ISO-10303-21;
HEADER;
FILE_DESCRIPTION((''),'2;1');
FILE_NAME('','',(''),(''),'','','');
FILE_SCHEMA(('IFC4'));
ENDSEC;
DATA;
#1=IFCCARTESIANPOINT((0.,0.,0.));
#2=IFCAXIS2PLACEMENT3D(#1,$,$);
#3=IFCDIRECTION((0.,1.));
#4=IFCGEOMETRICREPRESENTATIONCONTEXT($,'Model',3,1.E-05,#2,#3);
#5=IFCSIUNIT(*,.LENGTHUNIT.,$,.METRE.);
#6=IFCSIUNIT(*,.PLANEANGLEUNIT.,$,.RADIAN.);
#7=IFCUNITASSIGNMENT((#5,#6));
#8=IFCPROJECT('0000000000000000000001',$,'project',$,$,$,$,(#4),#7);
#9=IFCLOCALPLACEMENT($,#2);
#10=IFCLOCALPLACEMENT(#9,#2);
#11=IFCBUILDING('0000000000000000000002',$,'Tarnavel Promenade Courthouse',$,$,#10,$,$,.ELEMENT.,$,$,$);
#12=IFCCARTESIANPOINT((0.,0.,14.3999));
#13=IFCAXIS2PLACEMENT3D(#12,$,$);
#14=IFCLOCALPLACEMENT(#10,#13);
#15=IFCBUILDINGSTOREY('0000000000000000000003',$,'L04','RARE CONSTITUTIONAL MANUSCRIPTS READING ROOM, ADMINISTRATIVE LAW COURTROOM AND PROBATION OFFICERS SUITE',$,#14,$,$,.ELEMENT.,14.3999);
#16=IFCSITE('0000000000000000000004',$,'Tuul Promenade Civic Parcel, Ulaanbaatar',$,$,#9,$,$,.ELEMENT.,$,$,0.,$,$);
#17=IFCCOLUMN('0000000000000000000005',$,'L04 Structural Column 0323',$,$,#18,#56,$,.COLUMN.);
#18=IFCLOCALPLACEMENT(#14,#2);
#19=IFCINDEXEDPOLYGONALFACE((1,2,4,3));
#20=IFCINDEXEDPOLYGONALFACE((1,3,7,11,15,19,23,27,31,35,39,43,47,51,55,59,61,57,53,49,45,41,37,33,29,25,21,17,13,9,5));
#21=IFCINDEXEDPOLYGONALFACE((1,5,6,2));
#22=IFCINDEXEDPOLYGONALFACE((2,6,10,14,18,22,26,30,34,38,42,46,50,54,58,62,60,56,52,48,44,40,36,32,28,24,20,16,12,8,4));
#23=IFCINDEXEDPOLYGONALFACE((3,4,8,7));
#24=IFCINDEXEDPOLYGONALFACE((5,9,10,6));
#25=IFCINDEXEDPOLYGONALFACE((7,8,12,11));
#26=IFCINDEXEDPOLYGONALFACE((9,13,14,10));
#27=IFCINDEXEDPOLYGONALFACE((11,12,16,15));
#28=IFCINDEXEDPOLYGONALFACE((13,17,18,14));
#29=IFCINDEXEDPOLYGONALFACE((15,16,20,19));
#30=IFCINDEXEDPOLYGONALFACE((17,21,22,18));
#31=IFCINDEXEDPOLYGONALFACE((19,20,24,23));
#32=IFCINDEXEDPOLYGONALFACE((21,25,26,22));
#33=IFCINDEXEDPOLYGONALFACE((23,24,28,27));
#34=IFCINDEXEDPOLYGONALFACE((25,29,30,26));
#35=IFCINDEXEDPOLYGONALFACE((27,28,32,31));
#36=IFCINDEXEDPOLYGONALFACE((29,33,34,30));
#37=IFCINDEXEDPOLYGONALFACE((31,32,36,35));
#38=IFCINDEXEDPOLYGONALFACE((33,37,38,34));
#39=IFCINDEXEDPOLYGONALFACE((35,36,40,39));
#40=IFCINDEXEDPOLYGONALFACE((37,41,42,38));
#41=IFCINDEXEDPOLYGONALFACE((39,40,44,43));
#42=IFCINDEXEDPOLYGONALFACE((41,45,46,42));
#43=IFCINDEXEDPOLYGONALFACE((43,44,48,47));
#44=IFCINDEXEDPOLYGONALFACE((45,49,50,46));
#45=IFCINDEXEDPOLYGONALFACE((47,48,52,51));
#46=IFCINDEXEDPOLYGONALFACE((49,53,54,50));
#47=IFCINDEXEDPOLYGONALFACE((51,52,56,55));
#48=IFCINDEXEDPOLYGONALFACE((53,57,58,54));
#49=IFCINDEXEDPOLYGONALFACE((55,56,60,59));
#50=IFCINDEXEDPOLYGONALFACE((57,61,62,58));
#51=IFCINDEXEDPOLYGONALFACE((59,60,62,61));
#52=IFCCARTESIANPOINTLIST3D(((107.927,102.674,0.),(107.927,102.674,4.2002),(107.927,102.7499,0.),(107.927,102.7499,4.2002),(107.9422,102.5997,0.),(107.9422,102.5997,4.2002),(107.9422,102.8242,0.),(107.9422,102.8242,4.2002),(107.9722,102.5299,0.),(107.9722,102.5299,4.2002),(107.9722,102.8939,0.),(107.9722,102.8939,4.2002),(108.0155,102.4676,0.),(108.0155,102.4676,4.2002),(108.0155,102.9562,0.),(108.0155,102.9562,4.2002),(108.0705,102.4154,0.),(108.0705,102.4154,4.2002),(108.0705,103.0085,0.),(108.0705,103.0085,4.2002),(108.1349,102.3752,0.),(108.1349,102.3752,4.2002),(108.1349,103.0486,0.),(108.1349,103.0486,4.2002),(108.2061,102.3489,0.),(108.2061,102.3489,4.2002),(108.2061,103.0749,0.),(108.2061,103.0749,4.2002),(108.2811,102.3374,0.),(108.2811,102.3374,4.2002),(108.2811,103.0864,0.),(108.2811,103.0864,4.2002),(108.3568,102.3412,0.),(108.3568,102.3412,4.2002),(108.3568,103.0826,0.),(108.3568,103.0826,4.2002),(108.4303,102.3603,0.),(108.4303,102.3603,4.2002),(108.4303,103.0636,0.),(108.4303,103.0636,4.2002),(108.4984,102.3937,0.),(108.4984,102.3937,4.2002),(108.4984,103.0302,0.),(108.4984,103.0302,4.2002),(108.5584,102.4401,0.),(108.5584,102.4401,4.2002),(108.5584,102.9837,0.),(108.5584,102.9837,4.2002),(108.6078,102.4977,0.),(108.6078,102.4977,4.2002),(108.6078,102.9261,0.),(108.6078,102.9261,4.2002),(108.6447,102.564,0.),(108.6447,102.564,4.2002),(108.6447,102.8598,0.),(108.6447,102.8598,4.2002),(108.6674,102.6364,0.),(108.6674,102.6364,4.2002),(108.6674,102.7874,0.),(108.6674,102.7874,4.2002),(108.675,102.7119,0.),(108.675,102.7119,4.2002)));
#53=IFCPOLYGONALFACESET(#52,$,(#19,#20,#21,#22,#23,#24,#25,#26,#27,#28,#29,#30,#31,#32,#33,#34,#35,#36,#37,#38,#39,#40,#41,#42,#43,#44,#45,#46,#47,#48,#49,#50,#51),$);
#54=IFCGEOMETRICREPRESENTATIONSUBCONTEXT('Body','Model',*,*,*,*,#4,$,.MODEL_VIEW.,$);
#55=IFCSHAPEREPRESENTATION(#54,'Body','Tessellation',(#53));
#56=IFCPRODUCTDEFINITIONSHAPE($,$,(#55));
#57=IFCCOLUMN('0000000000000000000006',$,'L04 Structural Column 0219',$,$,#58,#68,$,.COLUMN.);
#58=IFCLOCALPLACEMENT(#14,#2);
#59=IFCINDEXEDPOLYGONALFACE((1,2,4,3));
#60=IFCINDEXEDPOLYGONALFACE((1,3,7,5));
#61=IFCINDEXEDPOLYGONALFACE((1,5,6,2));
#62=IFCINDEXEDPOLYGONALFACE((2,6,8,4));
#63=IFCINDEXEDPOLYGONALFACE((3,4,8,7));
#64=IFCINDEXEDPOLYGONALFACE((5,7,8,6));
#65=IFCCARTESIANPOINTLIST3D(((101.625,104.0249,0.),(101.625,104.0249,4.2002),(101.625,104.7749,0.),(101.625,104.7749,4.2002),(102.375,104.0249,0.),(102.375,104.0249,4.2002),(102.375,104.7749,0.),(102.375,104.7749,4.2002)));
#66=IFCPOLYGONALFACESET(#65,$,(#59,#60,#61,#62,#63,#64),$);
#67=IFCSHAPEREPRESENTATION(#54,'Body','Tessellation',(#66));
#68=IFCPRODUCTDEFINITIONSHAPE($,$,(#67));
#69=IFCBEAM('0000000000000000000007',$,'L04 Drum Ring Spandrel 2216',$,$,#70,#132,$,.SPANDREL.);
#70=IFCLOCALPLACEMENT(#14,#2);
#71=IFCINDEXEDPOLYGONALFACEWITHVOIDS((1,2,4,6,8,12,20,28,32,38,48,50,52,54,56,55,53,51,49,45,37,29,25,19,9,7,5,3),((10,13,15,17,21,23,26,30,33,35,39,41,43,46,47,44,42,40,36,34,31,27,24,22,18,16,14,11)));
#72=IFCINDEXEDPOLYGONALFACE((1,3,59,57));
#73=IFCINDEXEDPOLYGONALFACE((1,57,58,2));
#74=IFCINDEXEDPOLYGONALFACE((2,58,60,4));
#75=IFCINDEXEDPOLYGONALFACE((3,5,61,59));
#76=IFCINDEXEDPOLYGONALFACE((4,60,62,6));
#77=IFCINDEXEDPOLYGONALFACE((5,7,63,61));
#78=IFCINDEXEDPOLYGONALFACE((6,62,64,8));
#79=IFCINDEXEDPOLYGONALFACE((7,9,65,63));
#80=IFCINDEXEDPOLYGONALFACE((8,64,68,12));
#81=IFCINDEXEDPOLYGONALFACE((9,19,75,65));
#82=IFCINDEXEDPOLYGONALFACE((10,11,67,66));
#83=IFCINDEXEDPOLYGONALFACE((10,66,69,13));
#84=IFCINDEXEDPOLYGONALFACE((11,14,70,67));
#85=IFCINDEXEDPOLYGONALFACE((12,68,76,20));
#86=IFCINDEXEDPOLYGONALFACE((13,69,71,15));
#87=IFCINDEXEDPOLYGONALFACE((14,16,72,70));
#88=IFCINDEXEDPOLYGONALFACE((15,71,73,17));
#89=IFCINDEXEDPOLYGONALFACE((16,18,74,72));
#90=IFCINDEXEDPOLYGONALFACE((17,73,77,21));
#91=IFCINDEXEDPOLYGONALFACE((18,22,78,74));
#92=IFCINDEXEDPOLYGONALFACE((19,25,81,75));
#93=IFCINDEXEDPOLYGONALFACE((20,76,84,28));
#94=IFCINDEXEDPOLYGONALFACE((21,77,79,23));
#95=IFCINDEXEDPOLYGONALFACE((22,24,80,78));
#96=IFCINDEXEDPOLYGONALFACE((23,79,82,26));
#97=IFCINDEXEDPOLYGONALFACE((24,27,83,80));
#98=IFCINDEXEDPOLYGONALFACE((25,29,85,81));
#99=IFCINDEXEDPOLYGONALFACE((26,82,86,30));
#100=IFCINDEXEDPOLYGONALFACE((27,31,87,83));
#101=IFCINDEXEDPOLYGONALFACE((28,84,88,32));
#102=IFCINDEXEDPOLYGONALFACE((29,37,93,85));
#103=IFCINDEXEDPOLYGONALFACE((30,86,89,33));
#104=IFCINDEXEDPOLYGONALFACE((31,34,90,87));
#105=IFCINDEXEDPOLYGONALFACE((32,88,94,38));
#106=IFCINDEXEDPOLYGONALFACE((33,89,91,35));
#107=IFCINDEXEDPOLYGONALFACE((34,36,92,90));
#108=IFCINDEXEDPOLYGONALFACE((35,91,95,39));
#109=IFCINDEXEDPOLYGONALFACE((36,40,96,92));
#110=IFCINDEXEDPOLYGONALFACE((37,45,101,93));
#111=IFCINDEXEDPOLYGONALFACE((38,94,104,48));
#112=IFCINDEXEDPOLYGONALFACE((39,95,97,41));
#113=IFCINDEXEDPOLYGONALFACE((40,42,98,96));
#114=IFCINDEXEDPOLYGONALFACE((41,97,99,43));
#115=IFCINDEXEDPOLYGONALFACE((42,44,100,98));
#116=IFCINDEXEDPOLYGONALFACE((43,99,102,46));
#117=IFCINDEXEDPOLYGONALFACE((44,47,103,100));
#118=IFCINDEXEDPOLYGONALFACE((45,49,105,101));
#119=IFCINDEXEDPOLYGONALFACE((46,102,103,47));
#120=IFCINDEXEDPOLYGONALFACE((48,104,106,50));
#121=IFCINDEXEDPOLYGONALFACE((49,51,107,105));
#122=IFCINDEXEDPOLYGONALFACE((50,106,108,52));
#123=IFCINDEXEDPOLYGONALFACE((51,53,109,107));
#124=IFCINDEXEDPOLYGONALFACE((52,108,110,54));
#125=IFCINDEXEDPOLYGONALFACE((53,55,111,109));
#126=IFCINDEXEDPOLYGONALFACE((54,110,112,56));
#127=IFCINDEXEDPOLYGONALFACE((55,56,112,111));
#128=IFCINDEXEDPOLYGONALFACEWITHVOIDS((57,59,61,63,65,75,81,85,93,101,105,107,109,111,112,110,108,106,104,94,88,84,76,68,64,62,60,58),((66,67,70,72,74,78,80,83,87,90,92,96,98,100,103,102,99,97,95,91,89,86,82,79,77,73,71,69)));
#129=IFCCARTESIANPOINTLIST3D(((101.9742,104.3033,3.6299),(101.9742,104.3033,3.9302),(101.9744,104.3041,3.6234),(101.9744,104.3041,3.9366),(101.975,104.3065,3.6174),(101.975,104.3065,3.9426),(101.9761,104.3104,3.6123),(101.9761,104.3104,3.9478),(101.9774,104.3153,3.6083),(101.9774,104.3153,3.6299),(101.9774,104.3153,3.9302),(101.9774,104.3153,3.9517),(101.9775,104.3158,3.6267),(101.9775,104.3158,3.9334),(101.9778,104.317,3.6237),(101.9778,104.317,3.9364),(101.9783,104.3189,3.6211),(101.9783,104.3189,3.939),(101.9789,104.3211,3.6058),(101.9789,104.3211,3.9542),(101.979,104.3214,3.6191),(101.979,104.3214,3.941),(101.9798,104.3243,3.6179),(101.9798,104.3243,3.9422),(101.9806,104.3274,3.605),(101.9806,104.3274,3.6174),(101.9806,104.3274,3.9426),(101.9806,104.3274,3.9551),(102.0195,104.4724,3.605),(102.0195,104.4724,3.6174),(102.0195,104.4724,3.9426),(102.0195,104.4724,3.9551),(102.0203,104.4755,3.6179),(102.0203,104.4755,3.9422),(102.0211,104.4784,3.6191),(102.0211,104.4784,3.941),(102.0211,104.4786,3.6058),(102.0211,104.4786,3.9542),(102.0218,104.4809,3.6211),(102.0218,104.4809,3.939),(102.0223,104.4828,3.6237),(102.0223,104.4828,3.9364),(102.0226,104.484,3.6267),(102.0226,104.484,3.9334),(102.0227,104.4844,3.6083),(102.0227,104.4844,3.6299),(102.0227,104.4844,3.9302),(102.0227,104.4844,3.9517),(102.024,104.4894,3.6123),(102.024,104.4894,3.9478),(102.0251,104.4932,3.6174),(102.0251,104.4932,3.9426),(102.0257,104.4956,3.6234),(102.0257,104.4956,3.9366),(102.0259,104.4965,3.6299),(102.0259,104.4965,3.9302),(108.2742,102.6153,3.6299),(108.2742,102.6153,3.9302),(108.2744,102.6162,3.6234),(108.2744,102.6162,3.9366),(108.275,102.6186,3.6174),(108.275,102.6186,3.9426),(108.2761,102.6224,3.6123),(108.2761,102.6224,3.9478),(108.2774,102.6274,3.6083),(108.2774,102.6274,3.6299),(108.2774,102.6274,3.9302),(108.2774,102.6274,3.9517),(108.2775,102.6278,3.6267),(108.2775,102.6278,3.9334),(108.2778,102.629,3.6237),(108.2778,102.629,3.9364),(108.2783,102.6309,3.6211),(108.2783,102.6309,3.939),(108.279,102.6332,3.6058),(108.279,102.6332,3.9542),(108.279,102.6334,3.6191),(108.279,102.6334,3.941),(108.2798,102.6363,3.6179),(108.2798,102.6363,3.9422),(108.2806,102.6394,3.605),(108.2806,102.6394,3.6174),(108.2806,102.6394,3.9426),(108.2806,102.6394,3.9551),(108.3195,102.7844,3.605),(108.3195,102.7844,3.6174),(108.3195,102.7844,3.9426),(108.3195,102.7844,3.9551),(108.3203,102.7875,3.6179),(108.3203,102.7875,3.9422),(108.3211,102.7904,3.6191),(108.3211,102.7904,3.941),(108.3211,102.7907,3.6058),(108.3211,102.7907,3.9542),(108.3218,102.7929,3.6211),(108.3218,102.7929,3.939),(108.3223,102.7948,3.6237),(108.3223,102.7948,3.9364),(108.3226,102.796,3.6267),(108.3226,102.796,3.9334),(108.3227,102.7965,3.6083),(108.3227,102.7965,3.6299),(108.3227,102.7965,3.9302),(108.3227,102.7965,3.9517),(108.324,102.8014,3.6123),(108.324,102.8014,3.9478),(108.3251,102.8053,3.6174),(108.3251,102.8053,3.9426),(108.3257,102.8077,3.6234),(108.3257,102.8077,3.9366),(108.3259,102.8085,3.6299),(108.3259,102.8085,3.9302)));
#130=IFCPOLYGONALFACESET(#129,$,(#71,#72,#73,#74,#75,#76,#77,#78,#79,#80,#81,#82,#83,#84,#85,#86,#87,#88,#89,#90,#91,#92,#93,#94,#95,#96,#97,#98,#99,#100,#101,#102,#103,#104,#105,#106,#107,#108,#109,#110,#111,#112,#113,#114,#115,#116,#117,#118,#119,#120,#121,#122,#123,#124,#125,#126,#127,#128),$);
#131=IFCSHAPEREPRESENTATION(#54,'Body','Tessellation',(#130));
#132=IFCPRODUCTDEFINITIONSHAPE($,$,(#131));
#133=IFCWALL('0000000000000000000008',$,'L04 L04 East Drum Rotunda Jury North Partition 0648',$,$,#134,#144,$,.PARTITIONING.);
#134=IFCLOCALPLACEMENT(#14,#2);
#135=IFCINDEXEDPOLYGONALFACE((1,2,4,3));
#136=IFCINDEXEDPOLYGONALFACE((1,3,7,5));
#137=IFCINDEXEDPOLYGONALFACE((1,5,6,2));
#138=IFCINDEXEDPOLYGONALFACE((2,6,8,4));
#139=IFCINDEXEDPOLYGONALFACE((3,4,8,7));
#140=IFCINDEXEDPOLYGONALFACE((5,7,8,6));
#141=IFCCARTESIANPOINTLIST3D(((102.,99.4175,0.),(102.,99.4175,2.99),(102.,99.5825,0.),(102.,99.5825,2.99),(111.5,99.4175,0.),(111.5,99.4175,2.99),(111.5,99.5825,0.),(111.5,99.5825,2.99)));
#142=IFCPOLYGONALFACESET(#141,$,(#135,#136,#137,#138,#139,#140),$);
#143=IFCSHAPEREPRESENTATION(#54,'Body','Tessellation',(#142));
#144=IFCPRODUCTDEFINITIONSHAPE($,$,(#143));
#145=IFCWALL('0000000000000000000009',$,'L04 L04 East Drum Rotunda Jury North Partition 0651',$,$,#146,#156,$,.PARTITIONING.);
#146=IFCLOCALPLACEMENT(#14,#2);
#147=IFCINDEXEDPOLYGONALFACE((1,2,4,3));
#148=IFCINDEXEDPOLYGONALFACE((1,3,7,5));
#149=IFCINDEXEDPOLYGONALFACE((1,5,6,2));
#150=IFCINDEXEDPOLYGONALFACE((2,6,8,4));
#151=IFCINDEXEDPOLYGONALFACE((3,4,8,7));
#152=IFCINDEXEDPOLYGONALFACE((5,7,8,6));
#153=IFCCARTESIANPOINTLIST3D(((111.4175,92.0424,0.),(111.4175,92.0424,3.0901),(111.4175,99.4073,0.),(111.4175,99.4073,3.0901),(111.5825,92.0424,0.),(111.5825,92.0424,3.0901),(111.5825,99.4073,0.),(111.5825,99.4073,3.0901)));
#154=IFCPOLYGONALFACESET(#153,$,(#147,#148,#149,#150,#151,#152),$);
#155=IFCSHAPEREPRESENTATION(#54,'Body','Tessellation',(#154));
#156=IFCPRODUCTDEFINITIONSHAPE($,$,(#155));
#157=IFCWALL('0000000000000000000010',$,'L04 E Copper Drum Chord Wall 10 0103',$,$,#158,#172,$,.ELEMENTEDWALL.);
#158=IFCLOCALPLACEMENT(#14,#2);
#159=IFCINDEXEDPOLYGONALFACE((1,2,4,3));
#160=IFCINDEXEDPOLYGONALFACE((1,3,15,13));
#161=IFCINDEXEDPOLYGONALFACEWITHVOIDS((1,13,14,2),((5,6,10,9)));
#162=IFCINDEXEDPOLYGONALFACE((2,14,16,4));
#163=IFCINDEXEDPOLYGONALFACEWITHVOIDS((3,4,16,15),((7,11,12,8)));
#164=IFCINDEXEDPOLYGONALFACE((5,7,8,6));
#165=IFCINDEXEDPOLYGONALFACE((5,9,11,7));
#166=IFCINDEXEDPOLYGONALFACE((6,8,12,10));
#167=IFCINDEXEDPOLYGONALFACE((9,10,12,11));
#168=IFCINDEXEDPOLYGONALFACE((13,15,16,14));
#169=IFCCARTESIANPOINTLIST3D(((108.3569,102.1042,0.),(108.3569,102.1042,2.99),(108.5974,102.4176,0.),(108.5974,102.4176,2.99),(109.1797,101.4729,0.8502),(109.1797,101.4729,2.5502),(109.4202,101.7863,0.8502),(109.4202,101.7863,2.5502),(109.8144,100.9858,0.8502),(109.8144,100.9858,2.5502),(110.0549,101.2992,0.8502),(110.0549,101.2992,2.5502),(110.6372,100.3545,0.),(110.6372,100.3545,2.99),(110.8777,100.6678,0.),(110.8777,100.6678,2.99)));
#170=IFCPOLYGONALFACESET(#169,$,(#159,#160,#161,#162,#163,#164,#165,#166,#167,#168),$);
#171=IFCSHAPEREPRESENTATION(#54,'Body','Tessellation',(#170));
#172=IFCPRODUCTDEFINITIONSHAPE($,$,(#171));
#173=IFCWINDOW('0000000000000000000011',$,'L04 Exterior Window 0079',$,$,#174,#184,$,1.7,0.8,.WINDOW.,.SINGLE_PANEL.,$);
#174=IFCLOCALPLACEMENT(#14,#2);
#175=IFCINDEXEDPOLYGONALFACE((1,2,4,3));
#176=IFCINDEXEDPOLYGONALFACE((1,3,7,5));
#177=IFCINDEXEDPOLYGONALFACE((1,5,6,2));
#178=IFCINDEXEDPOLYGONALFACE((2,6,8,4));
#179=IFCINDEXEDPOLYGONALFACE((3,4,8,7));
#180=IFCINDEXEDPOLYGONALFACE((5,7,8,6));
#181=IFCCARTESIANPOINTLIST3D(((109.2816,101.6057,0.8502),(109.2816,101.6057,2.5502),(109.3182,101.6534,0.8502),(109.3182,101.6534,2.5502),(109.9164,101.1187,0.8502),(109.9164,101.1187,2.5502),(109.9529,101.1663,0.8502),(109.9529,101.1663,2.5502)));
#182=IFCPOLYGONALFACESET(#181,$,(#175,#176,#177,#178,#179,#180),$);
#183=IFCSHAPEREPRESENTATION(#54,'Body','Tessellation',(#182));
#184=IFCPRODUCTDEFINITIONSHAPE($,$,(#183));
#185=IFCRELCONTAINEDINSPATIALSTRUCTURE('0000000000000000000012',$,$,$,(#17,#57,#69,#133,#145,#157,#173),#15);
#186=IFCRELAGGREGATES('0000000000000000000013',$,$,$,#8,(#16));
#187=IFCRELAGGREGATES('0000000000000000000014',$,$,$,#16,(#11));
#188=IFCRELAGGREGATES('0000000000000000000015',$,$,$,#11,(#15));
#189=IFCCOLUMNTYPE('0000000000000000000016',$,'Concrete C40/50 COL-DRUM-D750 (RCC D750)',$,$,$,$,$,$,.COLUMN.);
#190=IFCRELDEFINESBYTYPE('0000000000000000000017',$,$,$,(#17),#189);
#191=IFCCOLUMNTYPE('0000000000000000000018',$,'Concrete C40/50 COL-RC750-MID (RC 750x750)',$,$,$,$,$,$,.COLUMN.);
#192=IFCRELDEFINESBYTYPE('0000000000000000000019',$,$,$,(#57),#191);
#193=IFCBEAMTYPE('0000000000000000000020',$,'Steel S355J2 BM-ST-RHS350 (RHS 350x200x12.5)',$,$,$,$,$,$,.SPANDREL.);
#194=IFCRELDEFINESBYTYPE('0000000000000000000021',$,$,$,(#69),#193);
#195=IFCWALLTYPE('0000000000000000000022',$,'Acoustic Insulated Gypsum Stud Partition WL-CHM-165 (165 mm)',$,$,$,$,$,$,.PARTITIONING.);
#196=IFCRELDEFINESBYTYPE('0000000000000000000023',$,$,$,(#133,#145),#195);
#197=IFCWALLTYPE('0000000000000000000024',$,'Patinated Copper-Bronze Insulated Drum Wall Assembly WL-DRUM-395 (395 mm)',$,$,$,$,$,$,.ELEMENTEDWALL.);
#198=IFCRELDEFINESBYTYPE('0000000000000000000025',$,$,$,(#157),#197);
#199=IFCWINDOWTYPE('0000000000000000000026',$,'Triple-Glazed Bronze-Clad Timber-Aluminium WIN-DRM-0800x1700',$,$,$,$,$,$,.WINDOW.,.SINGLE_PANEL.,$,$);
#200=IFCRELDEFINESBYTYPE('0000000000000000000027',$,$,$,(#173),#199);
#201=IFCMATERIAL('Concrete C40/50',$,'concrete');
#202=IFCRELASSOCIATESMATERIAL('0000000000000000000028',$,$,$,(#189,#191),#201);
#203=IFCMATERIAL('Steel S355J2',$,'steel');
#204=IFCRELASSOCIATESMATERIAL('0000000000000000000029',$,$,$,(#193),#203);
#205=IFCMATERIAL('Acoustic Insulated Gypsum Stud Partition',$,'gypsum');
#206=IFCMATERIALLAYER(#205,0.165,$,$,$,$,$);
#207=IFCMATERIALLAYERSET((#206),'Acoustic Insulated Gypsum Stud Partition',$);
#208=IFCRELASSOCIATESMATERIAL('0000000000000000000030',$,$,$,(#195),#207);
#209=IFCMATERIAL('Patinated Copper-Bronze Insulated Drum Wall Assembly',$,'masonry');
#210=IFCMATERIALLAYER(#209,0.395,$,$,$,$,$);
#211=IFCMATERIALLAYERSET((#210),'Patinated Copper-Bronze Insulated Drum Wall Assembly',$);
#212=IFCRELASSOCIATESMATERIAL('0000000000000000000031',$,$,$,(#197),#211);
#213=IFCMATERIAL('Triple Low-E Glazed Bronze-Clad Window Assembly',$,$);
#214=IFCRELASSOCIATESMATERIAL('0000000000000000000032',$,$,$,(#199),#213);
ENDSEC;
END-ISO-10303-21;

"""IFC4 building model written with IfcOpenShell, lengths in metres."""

from ifc_helpers import new_model, si_unit, direction, frame, frame_2d, origin, origin_2d, place, context, subcontext, project, spatial, rectangle, hollow_rectangle, circle, extrude, material, layer, layer_set, material_profile, profile_set, type_object, element, fill, save


model = new_model("IFC4")

# Units and contexts
model_context = context("Model", 3, precision=1e-05, world=origin(), true_north=direction((0.0, 1.0)))
body_context = subcontext(model_context, "Body", "Model", "MODEL_VIEW")
ifc_project = project(units=[si_unit("LENGTHUNIT", "METRE"), si_unit("PLANEANGLEUNIT", "RADIAN")], contexts=[model_context])

# Site, building, storey
site_placement = place(None, origin())
site = spatial("IfcSite", under=ifc_project, at=site_placement, Name="Tuul Promenade Civic Parcel, Ulaanbaatar", CompositionType="ELEMENT", RefElevation=0.0)
building_placement = place(site_placement, origin())
building = spatial("IfcBuilding", under=site, at=building_placement, Name="Tarnavel Promenade Courthouse", CompositionType="ELEMENT")
storey_placement = place(building_placement, frame((0.0, 0.0, 14.3999)))
storey = spatial("IfcBuildingStorey", under=building, at=storey_placement, Name="L04", Description="RARE CONSTITUTIONAL MANUSCRIPTS READING ROOM, ADMINISTRATIVE LAW COURTROOM AND PROBATION OFFICERS SUITE", CompositionType="ELEMENT", Elevation=14.3999)

# Columns
ifc_material_1 = material(Name="Concrete C40/50", Category="concrete")
ifc_material_profile_1 = material_profile(ifc_material_1, circle(Radius=0.375, at=origin_2d()), Name="RCC D750")
ifc_profile_set_1 = profile_set([ifc_material_profile_1], Name="Concrete C40/50")
column_type_1 = type_object("IfcColumnType", Name="Concrete C40/50 COL-DRUM-D750 (RCC D750)", PredefinedType="COLUMN", material=ifc_profile_set_1)
column_1_placement = place(storey_placement, frame((108.3, 102.7119, 0.0), z_axis=(0.0, 0.0, 1.0), x_axis=(1.0, 0.0, 0.0)))
element("IfcColumn", 1, at=column_1_placement, inside=storey, type_object=column_type_1, Name="L04 Structural Column 0323", PredefinedType="COLUMN", context=body_context, shape_type="SweptSolid", body=[
    extrude(circle(Radius=0.375, at=origin_2d()), origin(), (0.0, 0.0, 1.0), 4.2002),
])
ifc_material_profile_2 = material_profile(ifc_material_1, rectangle(XDim=0.75, YDim=0.75, at=origin_2d()), Name="RC 750x750")
ifc_profile_set_2 = profile_set([ifc_material_profile_2], Name="Concrete C40/50")
column_type_2 = type_object("IfcColumnType", Name="Concrete C40/50 COL-RC750-MID (RC 750x750)", PredefinedType="COLUMN", material=ifc_profile_set_2)
column_2_placement = place(storey_placement, frame((102.0, 104.3999, 0.0), z_axis=(0.0, 0.0, 1.0), x_axis=(1.0, 0.0, 0.0)))
element("IfcColumn", 2, at=column_2_placement, inside=storey, type_object=column_type_2, Name="L04 Structural Column 0219", PredefinedType="COLUMN", context=body_context, shape_type="SweptSolid", body=[
    extrude(rectangle(XDim=0.75, YDim=0.75, at=origin_2d()), origin(), (0.0, 0.0, 1.0), 4.2002),
])

# Beam
ifc_material_2 = material(Name="Steel S355J2", Category="steel")
ifc_material_profile_3 = material_profile(ifc_material_2, hollow_rectangle(XDim=0.2, YDim=0.3501, WallThickness=0.0125, InnerFilletRadius=0.0125, OuterFilletRadius=0.0249, at=origin_2d()), Name="RHS 350x200x12.5")
ifc_profile_set_3 = profile_set([ifc_material_profile_3], Name="Steel S355J2")
beam_type = type_object("IfcBeamType", Name="Steel S355J2 BM-ST-RHS350 (RHS 350x200x12.5)", PredefinedType="SPANDREL", material=ifc_profile_set_3)
beam_placement = place(storey_placement, frame((108.3, 102.7119, 3.78), z_axis=(-0.96593, 0.258804, 0.0), x_axis=(-0.258804, -0.96593, 0.0)))
element("IfcBeam", 3, at=beam_placement, inside=storey, type_object=beam_type, Name="L04 Drum Ring Spandrel 2216", PredefinedType="SPANDREL", context=body_context, shape_type="SweptSolid", body=[
    extrude(hollow_rectangle(XDim=0.2, YDim=0.3501, WallThickness=0.0125, InnerFilletRadius=0.0125, OuterFilletRadius=0.0249, at=origin_2d()), origin(), (0.0, 0.0, 1.0), 6.5222),
])

# Walls
ifc_material_3 = material(Name="Acoustic Insulated Gypsum Stud Partition", Category="gypsum")
ifc_layer_1 = layer(ifc_material_3, 0.165)
ifc_layer_set_1 = layer_set([ifc_layer_1], Name="Acoustic Insulated Gypsum Stud Partition")
wall_type_1 = type_object("IfcWallType", Name="Acoustic Insulated Gypsum Stud Partition WL-CHM-165 (165 mm)", PredefinedType="PARTITIONING", material=ifc_layer_set_1)
wall_1_placement = place(storey_placement, frame((102.0, 99.5, 0.0), z_axis=(0.0, 0.0, 1.0), x_axis=(1.0, 0.0, 0.0)))
element("IfcWall", 4, at=wall_1_placement, inside=storey, type_object=wall_type_1, Name="L04 L04 East Drum Rotunda Jury North Partition 0648", PredefinedType="PARTITIONING", context=body_context, shape_type="SweptSolid", body=[
    extrude(rectangle(XDim=9.5, YDim=0.165, at=frame_2d((4.75, 0.0))), origin(), (0.0, 0.0, 1.0), 2.99),
])
wall_2_placement = place(storey_placement, frame((111.5, 99.4075, 0.0), z_axis=(0.0, 0.0, 1.0), x_axis=(0.0, -1.0, 0.0)))
element("IfcWall", 5, at=wall_2_placement, inside=storey, type_object=wall_type_1, Name="L04 L04 East Drum Rotunda Jury North Partition 0651", PredefinedType="PARTITIONING", context=body_context, shape_type="SweptSolid", body=[
    extrude(rectangle(XDim=7.365, YDim=0.165, at=frame_2d((3.6826, 0.0))), origin(), (0.0, 0.0, 1.0), 3.0901),
])

# Wall, opening, window
ifc_material_4 = material(Name="Patinated Copper-Bronze Insulated Drum Wall Assembly", Category="masonry")
ifc_layer_2 = layer(ifc_material_4, 0.395)
ifc_layer_set_2 = layer_set([ifc_layer_2], Name="Patinated Copper-Bronze Insulated Drum Wall Assembly")
wall_type_2 = type_object("IfcWallType", Name="Patinated Copper-Bronze Insulated Drum Wall Assembly WL-DRUM-395 (395 mm)", PredefinedType="ELEMENTEDWALL", material=ifc_layer_set_2)
wall_3_placement = place(storey_placement, frame((110.7573, 100.5112, 0.0), z_axis=(0.0, 0.0, 1.0), x_axis=(-0.793347, 0.60877, 0.0)))
wall_3 = element("IfcWall", 6, at=wall_3_placement, inside=storey, type_object=wall_type_2, Name="L04 E Copper Drum Chord Wall 10 0103", PredefinedType="ELEMENTEDWALL", context=body_context, shape_type="SweptSolid", body=[
    extrude(rectangle(XDim=2.8743, YDim=0.395, at=frame_2d((1.437, 0.0))), origin(), (0.0, 0.0, 1.0), 2.99),
])
opening_1_placement = place(wall_3_placement, frame((1.0371, 0.0, 0.8501)))
opening_1 = element("IfcOpeningElement", 7, at=opening_1_placement, cuts=wall_3, PredefinedType="OPENING", context=body_context, shape_type="SweptSolid", body=[
    extrude(rectangle(XDim=0.8, YDim=1.7, at=frame_2d((0.3999, 0.8501))), frame((0.0, 0.2075, 0.0), z_axis=(0.0, -1.0, 0.0), x_axis=(1.0, 0.0, 0.0)), (0.0, 0.0, 1.0), 0.415),
])
ifc_material_5 = material(Name="Triple Low-E Glazed Bronze-Clad Window Assembly")
window_type = type_object("IfcWindowType", Name="Triple-Glazed Bronze-Clad Timber-Aluminium WIN-DRM-0800x1700", PartitioningType="SINGLE_PANEL", PredefinedType="WINDOW", material=ifc_material_5)
window_1_placement = place(opening_1_placement, origin())
window_1 = element("IfcWindow", 8, at=window_1_placement, inside=storey, type_object=window_type, Name="L04 Exterior Window 0079", OverallHeight=1.7, OverallWidth=0.8, PartitioningType="SINGLE_PANEL", PredefinedType="WINDOW", context=body_context, shape_type="SweptSolid", body=[
    extrude(rectangle(XDim=0.8, YDim=1.7, at=frame_2d((0.3999, 0.8501))), frame((0.0, 0.03, 0.0), z_axis=(0.0, -1.0, 0.0), x_axis=(1.0, 0.0, 0.0)), (0.0, 0.0, 1.0), 0.0601),
])
fill(opening_1, window_1)

save(model, "model.ifc")
